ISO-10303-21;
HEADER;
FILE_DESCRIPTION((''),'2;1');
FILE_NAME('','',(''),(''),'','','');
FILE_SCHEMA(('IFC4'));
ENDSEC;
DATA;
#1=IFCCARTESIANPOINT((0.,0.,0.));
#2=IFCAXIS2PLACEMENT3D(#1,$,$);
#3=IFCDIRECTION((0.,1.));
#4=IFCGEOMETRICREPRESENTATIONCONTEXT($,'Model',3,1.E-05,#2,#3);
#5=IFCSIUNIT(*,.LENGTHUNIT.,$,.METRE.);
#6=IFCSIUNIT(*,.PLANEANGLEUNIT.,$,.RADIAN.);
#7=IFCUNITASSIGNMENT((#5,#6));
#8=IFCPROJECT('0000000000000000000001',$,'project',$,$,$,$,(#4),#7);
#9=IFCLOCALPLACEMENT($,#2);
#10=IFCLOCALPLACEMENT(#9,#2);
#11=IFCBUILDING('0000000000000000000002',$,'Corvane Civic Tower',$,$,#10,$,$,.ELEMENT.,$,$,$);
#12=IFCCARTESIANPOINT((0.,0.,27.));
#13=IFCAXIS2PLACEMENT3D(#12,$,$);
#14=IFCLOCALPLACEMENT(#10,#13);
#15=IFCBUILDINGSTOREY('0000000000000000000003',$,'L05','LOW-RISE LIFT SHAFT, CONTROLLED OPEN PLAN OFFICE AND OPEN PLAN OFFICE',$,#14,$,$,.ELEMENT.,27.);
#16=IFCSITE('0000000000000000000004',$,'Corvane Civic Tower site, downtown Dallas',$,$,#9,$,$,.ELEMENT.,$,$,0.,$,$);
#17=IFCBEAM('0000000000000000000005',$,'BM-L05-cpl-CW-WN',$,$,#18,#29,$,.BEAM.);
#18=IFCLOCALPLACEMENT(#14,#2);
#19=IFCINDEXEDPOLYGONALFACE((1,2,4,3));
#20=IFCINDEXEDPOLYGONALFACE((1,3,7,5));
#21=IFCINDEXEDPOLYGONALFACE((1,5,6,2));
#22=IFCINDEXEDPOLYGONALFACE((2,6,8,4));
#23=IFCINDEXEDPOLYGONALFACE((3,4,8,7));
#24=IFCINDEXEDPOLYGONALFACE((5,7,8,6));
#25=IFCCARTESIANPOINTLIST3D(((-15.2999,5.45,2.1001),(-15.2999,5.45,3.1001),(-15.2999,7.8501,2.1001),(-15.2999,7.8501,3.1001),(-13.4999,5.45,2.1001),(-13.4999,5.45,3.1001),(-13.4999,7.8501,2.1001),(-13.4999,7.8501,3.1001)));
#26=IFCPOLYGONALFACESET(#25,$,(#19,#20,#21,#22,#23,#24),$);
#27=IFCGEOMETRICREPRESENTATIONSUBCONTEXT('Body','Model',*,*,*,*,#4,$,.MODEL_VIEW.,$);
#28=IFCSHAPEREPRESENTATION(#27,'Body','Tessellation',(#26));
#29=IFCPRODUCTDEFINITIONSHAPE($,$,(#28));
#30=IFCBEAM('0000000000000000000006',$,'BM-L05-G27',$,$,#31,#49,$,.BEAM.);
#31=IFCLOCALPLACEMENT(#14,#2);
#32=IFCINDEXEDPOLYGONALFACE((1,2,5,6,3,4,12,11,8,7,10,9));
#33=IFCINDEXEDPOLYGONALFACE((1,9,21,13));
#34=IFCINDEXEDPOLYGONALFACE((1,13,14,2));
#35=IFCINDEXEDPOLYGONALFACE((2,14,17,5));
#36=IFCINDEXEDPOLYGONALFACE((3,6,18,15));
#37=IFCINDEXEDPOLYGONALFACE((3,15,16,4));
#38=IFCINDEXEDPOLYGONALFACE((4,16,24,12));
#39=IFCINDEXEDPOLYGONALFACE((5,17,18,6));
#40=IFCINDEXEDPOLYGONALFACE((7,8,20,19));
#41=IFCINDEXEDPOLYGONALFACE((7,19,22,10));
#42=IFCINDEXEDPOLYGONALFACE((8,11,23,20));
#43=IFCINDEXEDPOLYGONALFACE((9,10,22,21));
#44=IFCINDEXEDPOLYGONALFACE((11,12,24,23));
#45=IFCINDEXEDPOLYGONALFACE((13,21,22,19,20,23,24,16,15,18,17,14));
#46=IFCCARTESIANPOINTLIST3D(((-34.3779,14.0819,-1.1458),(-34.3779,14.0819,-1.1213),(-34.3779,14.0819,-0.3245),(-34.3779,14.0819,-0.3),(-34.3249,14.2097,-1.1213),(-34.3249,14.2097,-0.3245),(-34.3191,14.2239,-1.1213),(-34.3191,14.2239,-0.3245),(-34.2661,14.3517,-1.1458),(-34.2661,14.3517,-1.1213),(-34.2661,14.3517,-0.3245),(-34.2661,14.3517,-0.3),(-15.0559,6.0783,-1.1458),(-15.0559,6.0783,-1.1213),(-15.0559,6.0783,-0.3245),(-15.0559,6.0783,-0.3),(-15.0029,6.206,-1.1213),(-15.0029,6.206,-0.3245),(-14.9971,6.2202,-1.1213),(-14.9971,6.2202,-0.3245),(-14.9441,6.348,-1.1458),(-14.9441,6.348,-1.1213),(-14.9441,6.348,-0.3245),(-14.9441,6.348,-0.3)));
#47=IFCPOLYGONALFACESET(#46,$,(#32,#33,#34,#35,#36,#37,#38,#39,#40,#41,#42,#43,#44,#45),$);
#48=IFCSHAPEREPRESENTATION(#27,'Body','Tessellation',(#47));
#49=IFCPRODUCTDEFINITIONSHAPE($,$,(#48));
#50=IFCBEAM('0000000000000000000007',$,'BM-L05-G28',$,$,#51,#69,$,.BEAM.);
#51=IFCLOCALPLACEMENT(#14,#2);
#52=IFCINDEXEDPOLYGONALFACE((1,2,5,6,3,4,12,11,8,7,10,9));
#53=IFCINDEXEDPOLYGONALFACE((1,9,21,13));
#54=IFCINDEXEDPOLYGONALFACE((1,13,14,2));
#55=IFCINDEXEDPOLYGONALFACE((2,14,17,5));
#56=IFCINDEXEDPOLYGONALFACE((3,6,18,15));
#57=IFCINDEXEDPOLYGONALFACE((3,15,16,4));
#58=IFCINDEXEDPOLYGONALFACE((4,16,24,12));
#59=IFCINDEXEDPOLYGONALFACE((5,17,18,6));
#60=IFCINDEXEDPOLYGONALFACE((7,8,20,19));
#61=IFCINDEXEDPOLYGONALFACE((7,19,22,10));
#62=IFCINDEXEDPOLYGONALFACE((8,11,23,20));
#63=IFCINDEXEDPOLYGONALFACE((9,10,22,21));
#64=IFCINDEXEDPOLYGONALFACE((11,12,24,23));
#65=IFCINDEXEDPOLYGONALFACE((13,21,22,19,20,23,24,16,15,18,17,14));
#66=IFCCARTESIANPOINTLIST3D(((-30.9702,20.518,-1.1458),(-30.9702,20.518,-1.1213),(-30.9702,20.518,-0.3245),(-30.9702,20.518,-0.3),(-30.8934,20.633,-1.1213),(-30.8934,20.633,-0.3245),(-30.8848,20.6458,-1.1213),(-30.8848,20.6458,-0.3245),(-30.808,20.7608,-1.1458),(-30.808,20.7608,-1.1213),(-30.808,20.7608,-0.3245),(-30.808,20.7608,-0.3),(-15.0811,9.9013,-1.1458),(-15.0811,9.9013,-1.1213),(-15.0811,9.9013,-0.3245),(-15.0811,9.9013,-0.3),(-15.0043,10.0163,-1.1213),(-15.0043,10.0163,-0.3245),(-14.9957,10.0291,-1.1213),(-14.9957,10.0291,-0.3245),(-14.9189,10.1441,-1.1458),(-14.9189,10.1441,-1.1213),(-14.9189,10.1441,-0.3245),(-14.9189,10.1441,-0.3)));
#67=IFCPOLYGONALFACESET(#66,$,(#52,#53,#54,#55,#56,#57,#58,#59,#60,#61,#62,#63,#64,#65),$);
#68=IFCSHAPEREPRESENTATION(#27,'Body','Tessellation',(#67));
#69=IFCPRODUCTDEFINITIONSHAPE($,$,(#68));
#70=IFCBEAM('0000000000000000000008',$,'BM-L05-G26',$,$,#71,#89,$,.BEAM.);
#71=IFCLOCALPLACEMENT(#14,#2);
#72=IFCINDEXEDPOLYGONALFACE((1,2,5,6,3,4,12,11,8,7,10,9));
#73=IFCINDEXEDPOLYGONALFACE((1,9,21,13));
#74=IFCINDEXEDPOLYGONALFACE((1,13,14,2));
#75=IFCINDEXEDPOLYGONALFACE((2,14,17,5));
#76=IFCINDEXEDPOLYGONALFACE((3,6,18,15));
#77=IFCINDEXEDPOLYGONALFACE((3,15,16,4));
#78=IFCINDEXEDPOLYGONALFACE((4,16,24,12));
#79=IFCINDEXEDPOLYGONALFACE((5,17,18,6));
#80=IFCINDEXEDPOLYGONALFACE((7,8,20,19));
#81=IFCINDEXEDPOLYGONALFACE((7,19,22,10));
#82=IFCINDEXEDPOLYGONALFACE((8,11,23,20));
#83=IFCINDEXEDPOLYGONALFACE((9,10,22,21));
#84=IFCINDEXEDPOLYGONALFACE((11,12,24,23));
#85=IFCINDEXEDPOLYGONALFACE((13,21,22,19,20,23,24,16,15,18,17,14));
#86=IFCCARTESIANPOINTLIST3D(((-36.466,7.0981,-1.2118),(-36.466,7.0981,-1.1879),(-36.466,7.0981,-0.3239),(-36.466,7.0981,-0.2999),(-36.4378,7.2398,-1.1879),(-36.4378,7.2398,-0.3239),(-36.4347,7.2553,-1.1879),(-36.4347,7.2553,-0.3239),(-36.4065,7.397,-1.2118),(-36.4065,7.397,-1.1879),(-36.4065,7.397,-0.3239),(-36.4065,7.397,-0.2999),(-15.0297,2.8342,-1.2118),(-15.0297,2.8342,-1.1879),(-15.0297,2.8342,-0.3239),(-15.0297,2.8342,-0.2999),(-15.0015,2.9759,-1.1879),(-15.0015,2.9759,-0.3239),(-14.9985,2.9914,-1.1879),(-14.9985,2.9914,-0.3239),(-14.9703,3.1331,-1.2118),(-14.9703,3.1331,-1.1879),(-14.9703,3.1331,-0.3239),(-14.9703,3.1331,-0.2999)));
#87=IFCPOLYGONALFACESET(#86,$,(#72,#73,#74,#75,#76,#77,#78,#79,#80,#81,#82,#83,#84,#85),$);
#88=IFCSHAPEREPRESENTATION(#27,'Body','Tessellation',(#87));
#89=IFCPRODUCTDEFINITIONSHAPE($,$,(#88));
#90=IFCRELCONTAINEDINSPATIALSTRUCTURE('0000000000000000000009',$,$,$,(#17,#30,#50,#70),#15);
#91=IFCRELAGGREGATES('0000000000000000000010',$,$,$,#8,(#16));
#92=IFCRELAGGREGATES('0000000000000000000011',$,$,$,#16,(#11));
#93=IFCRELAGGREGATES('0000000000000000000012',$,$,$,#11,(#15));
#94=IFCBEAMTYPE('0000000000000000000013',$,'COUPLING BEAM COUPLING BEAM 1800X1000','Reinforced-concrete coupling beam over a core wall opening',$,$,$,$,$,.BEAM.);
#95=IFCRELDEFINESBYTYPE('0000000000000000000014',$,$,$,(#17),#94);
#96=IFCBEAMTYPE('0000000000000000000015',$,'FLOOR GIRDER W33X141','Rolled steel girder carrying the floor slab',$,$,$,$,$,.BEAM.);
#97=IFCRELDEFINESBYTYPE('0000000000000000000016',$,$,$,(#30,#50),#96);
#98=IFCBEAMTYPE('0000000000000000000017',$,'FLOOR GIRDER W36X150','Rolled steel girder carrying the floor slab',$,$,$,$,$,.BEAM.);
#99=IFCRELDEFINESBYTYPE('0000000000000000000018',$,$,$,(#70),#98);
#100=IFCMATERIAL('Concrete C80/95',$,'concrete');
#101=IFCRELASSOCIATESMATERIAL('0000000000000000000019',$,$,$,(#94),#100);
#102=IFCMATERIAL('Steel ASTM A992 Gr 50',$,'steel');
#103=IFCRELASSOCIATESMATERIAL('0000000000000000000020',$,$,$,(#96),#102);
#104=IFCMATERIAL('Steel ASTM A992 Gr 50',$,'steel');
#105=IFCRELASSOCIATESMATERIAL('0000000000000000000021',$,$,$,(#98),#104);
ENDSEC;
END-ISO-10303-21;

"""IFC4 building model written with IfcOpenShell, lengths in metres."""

from ifc_helpers import new_model, si_unit, direction, frame, origin, origin_2d, place, context, subcontext, project, spatial, rectangle, i_section, extrude, material, material_profile, profile_set, type_object, element, save


model = new_model("IFC4")

# Units and contexts
model_context = context("Model", 3, precision=1e-05, world=origin(), true_north=direction((0.0, 1.0)))
body_context = subcontext(model_context, "Body", "Model", "MODEL_VIEW")
ifc_project = project(units=[si_unit("LENGTHUNIT", "METRE"), si_unit("PLANEANGLEUNIT", "RADIAN")], contexts=[model_context])

# Site, building, storey
site_placement = place(None, origin())
site = spatial("IfcSite", under=ifc_project, at=site_placement, Name="Corvane Civic Tower site, downtown Dallas", CompositionType="ELEMENT", RefElevation=0.0)
building_placement = place(site_placement, origin())
building = spatial("IfcBuilding", under=site, at=building_placement, Name="Corvane Civic Tower", CompositionType="ELEMENT")
storey_placement = place(building_placement, frame((0.0, 0.0, 27.0)))
storey = spatial("IfcBuildingStorey", under=building, at=storey_placement, Name="L05", Description="LOW-RISE LIFT SHAFT, CONTROLLED OPEN PLAN OFFICE AND OPEN PLAN OFFICE", CompositionType="ELEMENT", Elevation=27.0)

# Beams
ifc_material_1 = material(Name="Concrete C80/95", Category="concrete")
ifc_material_profile_1 = material_profile(ifc_material_1, rectangle(XDim=1.8, YDim=1.0, at=origin_2d()), Name="COUPLING BEAM 1800X1000")
ifc_profile_set_1 = profile_set([ifc_material_profile_1], Name="Concrete C80/95")
beam_type_1 = type_object("IfcBeamType", Name="COUPLING BEAM COUPLING BEAM 1800X1000", Description="Reinforced-concrete coupling beam over a core wall opening", PredefinedType="BEAM", material=ifc_profile_set_1)
beam_1_placement = place(storey_placement, frame((-14.3999, 5.45, 2.6001), z_axis=(0.0, 1.0, 0.0), x_axis=(-1.0, 0.0, 0.0)))
element("IfcBeam", 1, at=beam_1_placement, inside=storey, type_object=beam_type_1, Name="BM-L05-cpl-CW-WN", PredefinedType="BEAM", context=body_context, shape_type="SweptSolid", body=[
    extrude(rectangle(XDim=1.8, YDim=1.0, at=origin_2d()), origin(), (0.0, 0.0, 1.0), 2.4001),
])
ifc_material_2 = material(Name="Steel ASTM A992 Gr 50", Category="steel")
ifc_material_profile_2 = material_profile(ifc_material_2, i_section(OverallWidth=0.292, OverallDepth=0.8457, WebThickness=0.0154, FlangeThickness=0.0244, at=origin_2d()), Name="W33X141")
ifc_profile_set_2 = profile_set([ifc_material_profile_2], Name="Steel ASTM A992 Gr 50")
beam_type_2 = type_object("IfcBeamType", Name="FLOOR GIRDER W33X141", Description="Rolled steel girder carrying the floor slab", PredefinedType="BEAM", material=ifc_profile_set_2)
beam_2_placement = place(storey_placement, frame((-15.0, 6.2131, -0.7229), z_axis=(-0.923876, 0.382692, 0.0), x_axis=(-0.382692, -0.923876, 0.0)))
element("IfcBeam", 2, at=beam_2_placement, inside=storey, type_object=beam_type_2, Name="BM-L05-G27", PredefinedType="BEAM", context=body_context, shape_type="SweptSolid", body=[
    extrude(i_section(OverallWidth=0.292, OverallDepth=0.8457, WebThickness=0.0154, FlangeThickness=0.0244, at=origin_2d()), origin(), (0.0, 0.0, 1.0), 20.9141),
])
beam_3_placement = place(storey_placement, frame((-15.0, 10.0227, -0.7229), z_axis=(-0.831472, 0.555567, 0.0), x_axis=(-0.555567, -0.831472, 0.0)))
element("IfcBeam", 3, at=beam_3_placement, inside=storey, type_object=beam_type_2, Name="BM-L05-G28", PredefinedType="BEAM", context=body_context, shape_type="SweptSolid", body=[
    extrude(i_section(OverallWidth=0.292, OverallDepth=0.8457, WebThickness=0.0154, FlangeThickness=0.0244, at=origin_2d()), origin(), (0.0, 0.0, 1.0), 19.1096),
])
ifc_material_3 = material(Name="Steel ASTM A992 Gr 50", Category="steel")
ifc_material_profile_3 = material_profile(ifc_material_3, i_section(OverallWidth=0.3047, OverallDepth=0.9119, WebThickness=0.0159, FlangeThickness=0.0239, at=origin_2d()), Name="W36X150")
ifc_profile_set_3 = profile_set([ifc_material_profile_3], Name="Steel ASTM A992 Gr 50")
beam_type_3 = type_object("IfcBeamType", Name="FLOOR GIRDER W36X150", Description="Rolled steel girder carrying the floor slab", PredefinedType="BEAM", material=ifc_profile_set_3)
beam_4_placement = place(storey_placement, frame((-15.0, 2.9836, -0.7559), z_axis=(-0.980785, 0.195089, 0.0), x_axis=(-0.195089, -0.980785, 0.0)))
element("IfcBeam", 4, at=beam_4_placement, inside=storey, type_object=beam_type_3, Name="BM-L05-G26", PredefinedType="BEAM", context=body_context, shape_type="SweptSolid", body=[
    extrude(i_section(OverallWidth=0.3047, OverallDepth=0.9119, WebThickness=0.0159, FlangeThickness=0.0239, at=origin_2d()), origin(), (0.0, 0.0, 1.0), 21.8562),
])

save(model, "model.ifc")
